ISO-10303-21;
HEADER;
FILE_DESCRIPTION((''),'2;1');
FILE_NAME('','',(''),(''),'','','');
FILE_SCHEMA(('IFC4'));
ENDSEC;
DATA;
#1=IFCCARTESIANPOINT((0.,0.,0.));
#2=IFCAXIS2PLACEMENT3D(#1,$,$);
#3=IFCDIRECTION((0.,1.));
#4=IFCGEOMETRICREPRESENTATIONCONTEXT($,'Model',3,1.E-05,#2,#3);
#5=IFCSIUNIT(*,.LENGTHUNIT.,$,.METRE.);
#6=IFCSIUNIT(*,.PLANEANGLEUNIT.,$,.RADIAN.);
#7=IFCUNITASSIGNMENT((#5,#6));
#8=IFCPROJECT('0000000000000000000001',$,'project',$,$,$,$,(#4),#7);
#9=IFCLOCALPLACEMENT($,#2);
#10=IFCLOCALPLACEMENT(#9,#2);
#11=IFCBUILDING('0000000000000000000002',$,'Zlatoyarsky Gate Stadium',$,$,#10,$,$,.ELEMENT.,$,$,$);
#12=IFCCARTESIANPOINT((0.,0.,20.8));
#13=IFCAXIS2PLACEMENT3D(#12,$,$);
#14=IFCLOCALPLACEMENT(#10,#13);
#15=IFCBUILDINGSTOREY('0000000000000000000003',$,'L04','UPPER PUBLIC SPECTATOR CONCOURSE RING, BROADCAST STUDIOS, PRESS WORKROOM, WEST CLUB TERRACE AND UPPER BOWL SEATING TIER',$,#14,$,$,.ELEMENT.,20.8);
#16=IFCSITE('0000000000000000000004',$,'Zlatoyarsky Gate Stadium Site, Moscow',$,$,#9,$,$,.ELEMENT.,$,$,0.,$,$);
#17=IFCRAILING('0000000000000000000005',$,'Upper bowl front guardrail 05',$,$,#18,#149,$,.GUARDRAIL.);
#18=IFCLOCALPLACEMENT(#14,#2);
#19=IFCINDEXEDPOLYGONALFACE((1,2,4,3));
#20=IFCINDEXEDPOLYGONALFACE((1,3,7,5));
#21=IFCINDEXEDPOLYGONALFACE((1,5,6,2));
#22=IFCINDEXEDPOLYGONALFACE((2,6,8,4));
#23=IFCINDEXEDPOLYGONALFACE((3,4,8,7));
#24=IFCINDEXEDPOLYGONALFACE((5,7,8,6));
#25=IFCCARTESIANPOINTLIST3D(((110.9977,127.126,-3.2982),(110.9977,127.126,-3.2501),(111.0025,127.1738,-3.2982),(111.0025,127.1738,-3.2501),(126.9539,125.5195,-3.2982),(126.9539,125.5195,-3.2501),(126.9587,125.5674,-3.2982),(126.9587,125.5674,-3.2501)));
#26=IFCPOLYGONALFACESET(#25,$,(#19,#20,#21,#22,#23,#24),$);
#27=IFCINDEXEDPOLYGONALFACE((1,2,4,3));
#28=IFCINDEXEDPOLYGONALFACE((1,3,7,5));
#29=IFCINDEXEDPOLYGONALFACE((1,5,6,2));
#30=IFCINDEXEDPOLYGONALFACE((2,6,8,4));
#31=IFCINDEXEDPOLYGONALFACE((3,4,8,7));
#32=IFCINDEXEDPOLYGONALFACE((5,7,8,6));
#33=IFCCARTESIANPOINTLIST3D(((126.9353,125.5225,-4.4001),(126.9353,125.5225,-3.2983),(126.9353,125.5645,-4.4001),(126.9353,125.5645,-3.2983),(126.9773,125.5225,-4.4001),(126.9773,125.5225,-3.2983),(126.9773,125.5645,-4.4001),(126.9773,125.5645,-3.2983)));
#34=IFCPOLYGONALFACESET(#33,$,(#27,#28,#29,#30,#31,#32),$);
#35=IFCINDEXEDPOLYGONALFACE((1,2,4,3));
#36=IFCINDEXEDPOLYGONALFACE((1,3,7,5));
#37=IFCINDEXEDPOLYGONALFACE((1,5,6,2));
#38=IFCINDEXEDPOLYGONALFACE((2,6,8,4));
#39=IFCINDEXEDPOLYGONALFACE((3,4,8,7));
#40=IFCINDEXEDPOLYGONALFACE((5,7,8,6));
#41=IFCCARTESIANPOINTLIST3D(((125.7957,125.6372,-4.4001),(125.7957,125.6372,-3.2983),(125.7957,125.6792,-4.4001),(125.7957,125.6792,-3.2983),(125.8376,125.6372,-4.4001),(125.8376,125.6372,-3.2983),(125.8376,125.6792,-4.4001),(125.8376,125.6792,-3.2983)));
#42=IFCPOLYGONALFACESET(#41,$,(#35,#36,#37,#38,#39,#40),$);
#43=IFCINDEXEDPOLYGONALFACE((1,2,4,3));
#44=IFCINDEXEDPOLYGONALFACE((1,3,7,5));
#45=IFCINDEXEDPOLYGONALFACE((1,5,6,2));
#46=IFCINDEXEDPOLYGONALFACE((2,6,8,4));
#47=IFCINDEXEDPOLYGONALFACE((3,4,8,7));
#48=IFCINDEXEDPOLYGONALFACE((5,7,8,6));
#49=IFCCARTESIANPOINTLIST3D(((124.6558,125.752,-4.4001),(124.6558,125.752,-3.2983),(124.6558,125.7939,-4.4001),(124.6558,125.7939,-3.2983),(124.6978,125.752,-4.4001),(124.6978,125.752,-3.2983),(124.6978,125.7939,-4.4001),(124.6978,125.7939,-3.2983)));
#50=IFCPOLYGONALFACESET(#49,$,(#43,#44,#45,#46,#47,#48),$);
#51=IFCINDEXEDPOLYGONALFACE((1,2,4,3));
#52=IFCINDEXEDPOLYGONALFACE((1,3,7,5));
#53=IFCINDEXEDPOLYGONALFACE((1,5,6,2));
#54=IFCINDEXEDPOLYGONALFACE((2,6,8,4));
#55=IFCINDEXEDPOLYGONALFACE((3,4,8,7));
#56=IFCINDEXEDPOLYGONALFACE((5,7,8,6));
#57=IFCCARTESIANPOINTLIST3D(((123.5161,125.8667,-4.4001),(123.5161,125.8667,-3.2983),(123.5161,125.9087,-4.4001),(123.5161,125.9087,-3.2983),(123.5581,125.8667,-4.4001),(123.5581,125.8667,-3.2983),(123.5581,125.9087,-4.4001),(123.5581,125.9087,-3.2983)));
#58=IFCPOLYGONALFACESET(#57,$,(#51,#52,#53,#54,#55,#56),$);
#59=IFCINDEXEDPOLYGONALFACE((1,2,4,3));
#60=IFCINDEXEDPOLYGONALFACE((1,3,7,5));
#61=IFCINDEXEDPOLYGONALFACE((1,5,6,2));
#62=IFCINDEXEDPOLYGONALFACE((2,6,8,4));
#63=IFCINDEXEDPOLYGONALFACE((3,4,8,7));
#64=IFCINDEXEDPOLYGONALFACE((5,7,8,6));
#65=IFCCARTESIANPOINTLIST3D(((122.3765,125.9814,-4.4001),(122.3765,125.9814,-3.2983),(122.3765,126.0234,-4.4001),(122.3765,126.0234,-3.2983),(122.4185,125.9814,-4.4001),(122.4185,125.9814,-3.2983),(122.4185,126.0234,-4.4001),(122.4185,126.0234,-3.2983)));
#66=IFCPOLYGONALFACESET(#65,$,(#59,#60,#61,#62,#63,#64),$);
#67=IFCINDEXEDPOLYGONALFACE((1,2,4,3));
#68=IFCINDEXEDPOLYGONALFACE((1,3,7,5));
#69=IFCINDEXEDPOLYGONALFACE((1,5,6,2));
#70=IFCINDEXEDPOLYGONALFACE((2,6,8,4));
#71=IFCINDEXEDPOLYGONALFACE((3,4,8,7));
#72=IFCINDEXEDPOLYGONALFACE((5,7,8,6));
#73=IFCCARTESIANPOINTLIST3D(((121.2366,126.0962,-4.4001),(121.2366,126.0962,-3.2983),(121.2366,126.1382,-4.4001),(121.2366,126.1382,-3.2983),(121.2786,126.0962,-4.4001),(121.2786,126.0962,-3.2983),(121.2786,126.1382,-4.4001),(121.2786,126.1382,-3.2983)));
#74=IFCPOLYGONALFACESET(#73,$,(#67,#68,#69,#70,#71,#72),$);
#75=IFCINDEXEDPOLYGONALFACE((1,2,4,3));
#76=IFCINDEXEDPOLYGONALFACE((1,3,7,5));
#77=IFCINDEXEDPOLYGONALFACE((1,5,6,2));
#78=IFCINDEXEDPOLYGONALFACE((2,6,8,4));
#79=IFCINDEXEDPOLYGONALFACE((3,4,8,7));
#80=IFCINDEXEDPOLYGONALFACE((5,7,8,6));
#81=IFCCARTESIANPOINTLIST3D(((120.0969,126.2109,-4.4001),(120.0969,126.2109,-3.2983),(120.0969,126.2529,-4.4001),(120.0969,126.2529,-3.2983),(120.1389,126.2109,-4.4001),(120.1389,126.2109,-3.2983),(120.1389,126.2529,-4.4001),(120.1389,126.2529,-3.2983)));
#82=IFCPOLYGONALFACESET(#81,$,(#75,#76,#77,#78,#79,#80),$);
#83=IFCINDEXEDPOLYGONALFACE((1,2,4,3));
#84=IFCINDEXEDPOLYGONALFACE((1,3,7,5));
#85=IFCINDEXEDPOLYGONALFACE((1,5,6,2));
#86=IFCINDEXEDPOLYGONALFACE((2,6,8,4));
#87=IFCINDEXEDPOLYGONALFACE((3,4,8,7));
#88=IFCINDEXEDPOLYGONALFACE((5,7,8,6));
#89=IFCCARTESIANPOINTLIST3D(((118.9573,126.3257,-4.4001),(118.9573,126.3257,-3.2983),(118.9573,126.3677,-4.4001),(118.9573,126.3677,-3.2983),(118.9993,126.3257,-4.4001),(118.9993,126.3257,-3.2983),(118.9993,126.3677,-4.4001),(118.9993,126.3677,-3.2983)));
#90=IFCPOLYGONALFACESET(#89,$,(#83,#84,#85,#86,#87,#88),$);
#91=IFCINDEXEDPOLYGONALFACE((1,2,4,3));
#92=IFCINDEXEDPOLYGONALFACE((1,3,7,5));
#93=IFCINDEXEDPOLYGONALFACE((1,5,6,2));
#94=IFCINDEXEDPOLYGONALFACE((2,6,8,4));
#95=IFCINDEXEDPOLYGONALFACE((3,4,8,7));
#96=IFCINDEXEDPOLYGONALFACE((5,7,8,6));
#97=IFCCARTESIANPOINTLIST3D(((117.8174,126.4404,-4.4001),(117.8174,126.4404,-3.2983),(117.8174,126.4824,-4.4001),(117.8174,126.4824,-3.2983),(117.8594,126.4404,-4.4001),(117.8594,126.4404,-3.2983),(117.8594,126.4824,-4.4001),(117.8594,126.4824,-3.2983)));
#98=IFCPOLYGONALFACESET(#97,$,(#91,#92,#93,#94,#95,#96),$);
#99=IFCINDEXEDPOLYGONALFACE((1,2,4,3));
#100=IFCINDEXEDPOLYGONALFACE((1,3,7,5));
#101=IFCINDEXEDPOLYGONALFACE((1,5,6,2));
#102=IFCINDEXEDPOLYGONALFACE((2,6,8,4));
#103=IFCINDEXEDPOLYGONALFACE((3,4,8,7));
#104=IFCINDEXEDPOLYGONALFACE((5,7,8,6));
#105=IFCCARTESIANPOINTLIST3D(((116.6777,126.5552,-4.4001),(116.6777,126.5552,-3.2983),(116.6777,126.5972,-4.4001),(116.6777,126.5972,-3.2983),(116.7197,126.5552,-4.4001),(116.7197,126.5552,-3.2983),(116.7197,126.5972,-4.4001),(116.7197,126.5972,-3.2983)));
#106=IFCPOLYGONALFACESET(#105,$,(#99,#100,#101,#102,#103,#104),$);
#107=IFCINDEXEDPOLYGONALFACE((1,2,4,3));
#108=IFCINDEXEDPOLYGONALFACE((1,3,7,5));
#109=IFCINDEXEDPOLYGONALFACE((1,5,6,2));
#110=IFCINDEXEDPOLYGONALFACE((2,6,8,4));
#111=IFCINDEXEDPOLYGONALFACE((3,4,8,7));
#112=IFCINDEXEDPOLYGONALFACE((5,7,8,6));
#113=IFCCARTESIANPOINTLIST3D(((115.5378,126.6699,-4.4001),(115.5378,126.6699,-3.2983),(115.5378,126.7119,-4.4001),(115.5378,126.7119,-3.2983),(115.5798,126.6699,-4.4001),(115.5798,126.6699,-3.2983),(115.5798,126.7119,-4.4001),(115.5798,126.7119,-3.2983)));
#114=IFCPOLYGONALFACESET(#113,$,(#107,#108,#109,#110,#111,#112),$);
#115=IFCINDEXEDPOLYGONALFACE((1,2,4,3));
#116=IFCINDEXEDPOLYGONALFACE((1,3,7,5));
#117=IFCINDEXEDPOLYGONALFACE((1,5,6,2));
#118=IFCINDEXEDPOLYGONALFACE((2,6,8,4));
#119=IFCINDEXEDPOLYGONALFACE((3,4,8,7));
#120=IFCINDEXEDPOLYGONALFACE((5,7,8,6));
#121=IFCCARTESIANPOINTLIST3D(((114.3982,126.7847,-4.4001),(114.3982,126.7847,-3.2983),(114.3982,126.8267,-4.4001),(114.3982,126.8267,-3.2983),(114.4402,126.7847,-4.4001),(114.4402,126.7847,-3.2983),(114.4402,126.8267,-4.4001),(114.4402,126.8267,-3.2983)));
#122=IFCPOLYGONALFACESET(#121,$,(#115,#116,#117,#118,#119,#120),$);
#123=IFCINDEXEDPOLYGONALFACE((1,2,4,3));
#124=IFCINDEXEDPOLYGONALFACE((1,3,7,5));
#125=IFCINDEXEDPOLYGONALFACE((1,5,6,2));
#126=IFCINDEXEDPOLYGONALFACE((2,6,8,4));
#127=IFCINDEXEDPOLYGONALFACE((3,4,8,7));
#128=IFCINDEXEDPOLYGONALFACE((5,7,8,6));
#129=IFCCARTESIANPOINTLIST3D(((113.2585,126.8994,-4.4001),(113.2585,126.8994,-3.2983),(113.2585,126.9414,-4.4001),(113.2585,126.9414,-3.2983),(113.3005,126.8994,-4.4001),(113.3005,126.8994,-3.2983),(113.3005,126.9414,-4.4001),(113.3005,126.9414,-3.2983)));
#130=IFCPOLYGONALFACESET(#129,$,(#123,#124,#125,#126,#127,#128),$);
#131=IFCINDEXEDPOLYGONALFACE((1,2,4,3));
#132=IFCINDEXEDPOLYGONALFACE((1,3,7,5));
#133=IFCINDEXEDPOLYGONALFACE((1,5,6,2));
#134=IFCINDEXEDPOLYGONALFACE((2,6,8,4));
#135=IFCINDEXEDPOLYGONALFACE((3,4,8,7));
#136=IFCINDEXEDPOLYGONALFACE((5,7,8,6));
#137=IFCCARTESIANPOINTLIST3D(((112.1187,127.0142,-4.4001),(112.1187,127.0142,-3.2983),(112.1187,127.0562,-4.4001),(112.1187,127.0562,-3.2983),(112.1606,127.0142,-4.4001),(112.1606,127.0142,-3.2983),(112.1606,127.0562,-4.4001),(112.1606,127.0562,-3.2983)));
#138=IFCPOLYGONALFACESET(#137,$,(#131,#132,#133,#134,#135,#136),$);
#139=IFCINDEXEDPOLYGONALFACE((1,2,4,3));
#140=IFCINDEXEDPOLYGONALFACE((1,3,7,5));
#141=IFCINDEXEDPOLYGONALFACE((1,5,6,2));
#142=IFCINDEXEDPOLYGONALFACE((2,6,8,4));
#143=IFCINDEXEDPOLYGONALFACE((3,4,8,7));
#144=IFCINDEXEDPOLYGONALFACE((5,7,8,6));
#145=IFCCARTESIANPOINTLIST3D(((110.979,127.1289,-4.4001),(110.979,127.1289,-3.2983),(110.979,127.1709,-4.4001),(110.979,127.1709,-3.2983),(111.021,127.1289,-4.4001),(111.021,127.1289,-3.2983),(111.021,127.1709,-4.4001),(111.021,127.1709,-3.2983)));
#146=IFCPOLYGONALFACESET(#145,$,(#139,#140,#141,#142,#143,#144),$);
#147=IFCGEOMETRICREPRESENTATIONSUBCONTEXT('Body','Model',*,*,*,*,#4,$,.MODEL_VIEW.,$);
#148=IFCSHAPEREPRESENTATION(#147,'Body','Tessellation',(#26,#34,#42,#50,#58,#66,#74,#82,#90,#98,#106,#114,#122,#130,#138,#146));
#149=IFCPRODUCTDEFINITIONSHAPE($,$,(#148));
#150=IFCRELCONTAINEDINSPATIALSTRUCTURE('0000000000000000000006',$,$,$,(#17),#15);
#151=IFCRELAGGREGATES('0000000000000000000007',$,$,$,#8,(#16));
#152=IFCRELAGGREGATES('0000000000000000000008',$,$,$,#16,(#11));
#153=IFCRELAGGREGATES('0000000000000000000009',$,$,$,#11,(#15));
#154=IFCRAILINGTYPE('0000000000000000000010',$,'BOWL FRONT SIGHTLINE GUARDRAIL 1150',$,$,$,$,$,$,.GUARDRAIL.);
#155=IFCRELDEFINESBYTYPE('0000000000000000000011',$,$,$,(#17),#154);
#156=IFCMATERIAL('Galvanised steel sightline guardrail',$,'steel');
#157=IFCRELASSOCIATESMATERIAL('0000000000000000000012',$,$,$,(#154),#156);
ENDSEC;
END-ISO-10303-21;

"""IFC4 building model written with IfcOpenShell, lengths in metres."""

from ifc_helpers import new_model, si_unit, direction, frame, origin, origin_2d, place, context, subcontext, project, spatial, rectangle, extrude, material, type_object, element, save


model = new_model("IFC4")

# Units and contexts
model_context = context("Model", 3, precision=1e-05, world=origin(), true_north=direction((0.0, 1.0)))
body_context = subcontext(model_context, "Body", "Model", "MODEL_VIEW")
ifc_project = project(units=[si_unit("LENGTHUNIT", "METRE"), si_unit("PLANEANGLEUNIT", "RADIAN")], contexts=[model_context])

# Site, building, storey
site_placement = place(None, origin())
site = spatial("IfcSite", under=ifc_project, at=site_placement, Name="Zlatoyarsky Gate Stadium Site, Moscow", CompositionType="ELEMENT", RefElevation=0.0)
building_placement = place(site_placement, origin())
building = spatial("IfcBuilding", under=site, at=building_placement, Name="Zlatoyarsky Gate Stadium", CompositionType="ELEMENT")
storey_placement = place(building_placement, frame((0.0, 0.0, 20.8)))
storey = spatial("IfcBuildingStorey", under=building, at=storey_placement, Name="L04", Description="UPPER PUBLIC SPECTATOR CONCOURSE RING, BROADCAST STUDIOS, PRESS WORKROOM, WEST CLUB TERRACE AND UPPER BOWL SEATING TIER", CompositionType="ELEMENT", Elevation=20.8)

# Railing
ifc_material_1 = material(Name="Galvanised steel sightline guardrail", Category="steel")
railing_type_1 = type_object("IfcRailingType", Name="BOWL FRONT SIGHTLINE GUARDRAIL 1150", PredefinedType="GUARDRAIL", material=ifc_material_1)
railing_1_placement = place(storey_placement, frame((126.9563, 125.5435, -4.4001)))
element("IfcRailing", 1, at=railing_1_placement, inside=storey, type_object=railing_type_1, Name="Upper bowl front guardrail 05", PredefinedType="GUARDRAIL", context=body_context, shape_type="SweptSolid", body=[
    extrude(rectangle(XDim=0.0481, YDim=0.0481, at=origin_2d()), frame((0.0, 0.0, 1.126), z_axis=(-0.99497, 0.100171, 0.0), x_axis=(-0.100171, -0.99497, 0.0)), (0.0, 0.0, 1.0), 16.0369),
    extrude(rectangle(XDim=0.042, YDim=0.042, at=origin_2d()), origin(), (0.0, 0.0, 1.0), 1.1018),
    extrude(rectangle(XDim=0.042, YDim=0.042, at=origin_2d()), frame((-1.1396, 0.1147, 0.0)), (0.0, 0.0, 1.0), 1.1018),
    extrude(rectangle(XDim=0.042, YDim=0.042, at=origin_2d()), frame((-2.2795, 0.2295, 0.0)), (0.0, 0.0, 1.0), 1.1018),
    extrude(rectangle(XDim=0.042, YDim=0.042, at=origin_2d()), frame((-3.4192, 0.3442, 0.0)), (0.0, 0.0, 1.0), 1.1018),
    extrude(rectangle(XDim=0.042, YDim=0.042, at=origin_2d()), frame((-4.5588, 0.459, 0.0)), (0.0, 0.0, 1.0), 1.1018),
    extrude(rectangle(XDim=0.042, YDim=0.042, at=origin_2d()), frame((-5.6987, 0.5737, 0.0)), (0.0, 0.0, 1.0), 1.1018),
    extrude(rectangle(XDim=0.042, YDim=0.042, at=origin_2d()), frame((-6.8384, 0.6885, 0.0)), (0.0, 0.0, 1.0), 1.1018),
    extrude(rectangle(XDim=0.042, YDim=0.042, at=origin_2d()), frame((-7.978, 0.8032, 0.0)), (0.0, 0.0, 1.0), 1.1018),
    extrude(rectangle(XDim=0.042, YDim=0.042, at=origin_2d()), frame((-9.1179, 0.918, 0.0)), (0.0, 0.0, 1.0), 1.1018),
    extrude(rectangle(XDim=0.042, YDim=0.042, at=origin_2d()), frame((-10.2576, 1.0327, 0.0)), (0.0, 0.0, 1.0), 1.1018),
    extrude(rectangle(XDim=0.042, YDim=0.042, at=origin_2d()), frame((-11.3975, 1.1475, 0.0)), (0.0, 0.0, 1.0), 1.1018),
    extrude(rectangle(XDim=0.042, YDim=0.042, at=origin_2d()), frame((-12.5371, 1.2622, 0.0)), (0.0, 0.0, 1.0), 1.1018),
    extrude(rectangle(XDim=0.042, YDim=0.042, at=origin_2d()), frame((-13.6768, 1.377, 0.0)), (0.0, 0.0, 1.0), 1.1018),
    extrude(rectangle(XDim=0.042, YDim=0.042, at=origin_2d()), frame((-14.8167, 1.4917, 0.0)), (0.0, 0.0, 1.0), 1.1018),
    extrude(rectangle(XDim=0.042, YDim=0.042, at=origin_2d()), frame((-15.9563, 1.6064, 0.0)), (0.0, 0.0, 1.0), 1.1018),
])

save(model, "model.ifc")
